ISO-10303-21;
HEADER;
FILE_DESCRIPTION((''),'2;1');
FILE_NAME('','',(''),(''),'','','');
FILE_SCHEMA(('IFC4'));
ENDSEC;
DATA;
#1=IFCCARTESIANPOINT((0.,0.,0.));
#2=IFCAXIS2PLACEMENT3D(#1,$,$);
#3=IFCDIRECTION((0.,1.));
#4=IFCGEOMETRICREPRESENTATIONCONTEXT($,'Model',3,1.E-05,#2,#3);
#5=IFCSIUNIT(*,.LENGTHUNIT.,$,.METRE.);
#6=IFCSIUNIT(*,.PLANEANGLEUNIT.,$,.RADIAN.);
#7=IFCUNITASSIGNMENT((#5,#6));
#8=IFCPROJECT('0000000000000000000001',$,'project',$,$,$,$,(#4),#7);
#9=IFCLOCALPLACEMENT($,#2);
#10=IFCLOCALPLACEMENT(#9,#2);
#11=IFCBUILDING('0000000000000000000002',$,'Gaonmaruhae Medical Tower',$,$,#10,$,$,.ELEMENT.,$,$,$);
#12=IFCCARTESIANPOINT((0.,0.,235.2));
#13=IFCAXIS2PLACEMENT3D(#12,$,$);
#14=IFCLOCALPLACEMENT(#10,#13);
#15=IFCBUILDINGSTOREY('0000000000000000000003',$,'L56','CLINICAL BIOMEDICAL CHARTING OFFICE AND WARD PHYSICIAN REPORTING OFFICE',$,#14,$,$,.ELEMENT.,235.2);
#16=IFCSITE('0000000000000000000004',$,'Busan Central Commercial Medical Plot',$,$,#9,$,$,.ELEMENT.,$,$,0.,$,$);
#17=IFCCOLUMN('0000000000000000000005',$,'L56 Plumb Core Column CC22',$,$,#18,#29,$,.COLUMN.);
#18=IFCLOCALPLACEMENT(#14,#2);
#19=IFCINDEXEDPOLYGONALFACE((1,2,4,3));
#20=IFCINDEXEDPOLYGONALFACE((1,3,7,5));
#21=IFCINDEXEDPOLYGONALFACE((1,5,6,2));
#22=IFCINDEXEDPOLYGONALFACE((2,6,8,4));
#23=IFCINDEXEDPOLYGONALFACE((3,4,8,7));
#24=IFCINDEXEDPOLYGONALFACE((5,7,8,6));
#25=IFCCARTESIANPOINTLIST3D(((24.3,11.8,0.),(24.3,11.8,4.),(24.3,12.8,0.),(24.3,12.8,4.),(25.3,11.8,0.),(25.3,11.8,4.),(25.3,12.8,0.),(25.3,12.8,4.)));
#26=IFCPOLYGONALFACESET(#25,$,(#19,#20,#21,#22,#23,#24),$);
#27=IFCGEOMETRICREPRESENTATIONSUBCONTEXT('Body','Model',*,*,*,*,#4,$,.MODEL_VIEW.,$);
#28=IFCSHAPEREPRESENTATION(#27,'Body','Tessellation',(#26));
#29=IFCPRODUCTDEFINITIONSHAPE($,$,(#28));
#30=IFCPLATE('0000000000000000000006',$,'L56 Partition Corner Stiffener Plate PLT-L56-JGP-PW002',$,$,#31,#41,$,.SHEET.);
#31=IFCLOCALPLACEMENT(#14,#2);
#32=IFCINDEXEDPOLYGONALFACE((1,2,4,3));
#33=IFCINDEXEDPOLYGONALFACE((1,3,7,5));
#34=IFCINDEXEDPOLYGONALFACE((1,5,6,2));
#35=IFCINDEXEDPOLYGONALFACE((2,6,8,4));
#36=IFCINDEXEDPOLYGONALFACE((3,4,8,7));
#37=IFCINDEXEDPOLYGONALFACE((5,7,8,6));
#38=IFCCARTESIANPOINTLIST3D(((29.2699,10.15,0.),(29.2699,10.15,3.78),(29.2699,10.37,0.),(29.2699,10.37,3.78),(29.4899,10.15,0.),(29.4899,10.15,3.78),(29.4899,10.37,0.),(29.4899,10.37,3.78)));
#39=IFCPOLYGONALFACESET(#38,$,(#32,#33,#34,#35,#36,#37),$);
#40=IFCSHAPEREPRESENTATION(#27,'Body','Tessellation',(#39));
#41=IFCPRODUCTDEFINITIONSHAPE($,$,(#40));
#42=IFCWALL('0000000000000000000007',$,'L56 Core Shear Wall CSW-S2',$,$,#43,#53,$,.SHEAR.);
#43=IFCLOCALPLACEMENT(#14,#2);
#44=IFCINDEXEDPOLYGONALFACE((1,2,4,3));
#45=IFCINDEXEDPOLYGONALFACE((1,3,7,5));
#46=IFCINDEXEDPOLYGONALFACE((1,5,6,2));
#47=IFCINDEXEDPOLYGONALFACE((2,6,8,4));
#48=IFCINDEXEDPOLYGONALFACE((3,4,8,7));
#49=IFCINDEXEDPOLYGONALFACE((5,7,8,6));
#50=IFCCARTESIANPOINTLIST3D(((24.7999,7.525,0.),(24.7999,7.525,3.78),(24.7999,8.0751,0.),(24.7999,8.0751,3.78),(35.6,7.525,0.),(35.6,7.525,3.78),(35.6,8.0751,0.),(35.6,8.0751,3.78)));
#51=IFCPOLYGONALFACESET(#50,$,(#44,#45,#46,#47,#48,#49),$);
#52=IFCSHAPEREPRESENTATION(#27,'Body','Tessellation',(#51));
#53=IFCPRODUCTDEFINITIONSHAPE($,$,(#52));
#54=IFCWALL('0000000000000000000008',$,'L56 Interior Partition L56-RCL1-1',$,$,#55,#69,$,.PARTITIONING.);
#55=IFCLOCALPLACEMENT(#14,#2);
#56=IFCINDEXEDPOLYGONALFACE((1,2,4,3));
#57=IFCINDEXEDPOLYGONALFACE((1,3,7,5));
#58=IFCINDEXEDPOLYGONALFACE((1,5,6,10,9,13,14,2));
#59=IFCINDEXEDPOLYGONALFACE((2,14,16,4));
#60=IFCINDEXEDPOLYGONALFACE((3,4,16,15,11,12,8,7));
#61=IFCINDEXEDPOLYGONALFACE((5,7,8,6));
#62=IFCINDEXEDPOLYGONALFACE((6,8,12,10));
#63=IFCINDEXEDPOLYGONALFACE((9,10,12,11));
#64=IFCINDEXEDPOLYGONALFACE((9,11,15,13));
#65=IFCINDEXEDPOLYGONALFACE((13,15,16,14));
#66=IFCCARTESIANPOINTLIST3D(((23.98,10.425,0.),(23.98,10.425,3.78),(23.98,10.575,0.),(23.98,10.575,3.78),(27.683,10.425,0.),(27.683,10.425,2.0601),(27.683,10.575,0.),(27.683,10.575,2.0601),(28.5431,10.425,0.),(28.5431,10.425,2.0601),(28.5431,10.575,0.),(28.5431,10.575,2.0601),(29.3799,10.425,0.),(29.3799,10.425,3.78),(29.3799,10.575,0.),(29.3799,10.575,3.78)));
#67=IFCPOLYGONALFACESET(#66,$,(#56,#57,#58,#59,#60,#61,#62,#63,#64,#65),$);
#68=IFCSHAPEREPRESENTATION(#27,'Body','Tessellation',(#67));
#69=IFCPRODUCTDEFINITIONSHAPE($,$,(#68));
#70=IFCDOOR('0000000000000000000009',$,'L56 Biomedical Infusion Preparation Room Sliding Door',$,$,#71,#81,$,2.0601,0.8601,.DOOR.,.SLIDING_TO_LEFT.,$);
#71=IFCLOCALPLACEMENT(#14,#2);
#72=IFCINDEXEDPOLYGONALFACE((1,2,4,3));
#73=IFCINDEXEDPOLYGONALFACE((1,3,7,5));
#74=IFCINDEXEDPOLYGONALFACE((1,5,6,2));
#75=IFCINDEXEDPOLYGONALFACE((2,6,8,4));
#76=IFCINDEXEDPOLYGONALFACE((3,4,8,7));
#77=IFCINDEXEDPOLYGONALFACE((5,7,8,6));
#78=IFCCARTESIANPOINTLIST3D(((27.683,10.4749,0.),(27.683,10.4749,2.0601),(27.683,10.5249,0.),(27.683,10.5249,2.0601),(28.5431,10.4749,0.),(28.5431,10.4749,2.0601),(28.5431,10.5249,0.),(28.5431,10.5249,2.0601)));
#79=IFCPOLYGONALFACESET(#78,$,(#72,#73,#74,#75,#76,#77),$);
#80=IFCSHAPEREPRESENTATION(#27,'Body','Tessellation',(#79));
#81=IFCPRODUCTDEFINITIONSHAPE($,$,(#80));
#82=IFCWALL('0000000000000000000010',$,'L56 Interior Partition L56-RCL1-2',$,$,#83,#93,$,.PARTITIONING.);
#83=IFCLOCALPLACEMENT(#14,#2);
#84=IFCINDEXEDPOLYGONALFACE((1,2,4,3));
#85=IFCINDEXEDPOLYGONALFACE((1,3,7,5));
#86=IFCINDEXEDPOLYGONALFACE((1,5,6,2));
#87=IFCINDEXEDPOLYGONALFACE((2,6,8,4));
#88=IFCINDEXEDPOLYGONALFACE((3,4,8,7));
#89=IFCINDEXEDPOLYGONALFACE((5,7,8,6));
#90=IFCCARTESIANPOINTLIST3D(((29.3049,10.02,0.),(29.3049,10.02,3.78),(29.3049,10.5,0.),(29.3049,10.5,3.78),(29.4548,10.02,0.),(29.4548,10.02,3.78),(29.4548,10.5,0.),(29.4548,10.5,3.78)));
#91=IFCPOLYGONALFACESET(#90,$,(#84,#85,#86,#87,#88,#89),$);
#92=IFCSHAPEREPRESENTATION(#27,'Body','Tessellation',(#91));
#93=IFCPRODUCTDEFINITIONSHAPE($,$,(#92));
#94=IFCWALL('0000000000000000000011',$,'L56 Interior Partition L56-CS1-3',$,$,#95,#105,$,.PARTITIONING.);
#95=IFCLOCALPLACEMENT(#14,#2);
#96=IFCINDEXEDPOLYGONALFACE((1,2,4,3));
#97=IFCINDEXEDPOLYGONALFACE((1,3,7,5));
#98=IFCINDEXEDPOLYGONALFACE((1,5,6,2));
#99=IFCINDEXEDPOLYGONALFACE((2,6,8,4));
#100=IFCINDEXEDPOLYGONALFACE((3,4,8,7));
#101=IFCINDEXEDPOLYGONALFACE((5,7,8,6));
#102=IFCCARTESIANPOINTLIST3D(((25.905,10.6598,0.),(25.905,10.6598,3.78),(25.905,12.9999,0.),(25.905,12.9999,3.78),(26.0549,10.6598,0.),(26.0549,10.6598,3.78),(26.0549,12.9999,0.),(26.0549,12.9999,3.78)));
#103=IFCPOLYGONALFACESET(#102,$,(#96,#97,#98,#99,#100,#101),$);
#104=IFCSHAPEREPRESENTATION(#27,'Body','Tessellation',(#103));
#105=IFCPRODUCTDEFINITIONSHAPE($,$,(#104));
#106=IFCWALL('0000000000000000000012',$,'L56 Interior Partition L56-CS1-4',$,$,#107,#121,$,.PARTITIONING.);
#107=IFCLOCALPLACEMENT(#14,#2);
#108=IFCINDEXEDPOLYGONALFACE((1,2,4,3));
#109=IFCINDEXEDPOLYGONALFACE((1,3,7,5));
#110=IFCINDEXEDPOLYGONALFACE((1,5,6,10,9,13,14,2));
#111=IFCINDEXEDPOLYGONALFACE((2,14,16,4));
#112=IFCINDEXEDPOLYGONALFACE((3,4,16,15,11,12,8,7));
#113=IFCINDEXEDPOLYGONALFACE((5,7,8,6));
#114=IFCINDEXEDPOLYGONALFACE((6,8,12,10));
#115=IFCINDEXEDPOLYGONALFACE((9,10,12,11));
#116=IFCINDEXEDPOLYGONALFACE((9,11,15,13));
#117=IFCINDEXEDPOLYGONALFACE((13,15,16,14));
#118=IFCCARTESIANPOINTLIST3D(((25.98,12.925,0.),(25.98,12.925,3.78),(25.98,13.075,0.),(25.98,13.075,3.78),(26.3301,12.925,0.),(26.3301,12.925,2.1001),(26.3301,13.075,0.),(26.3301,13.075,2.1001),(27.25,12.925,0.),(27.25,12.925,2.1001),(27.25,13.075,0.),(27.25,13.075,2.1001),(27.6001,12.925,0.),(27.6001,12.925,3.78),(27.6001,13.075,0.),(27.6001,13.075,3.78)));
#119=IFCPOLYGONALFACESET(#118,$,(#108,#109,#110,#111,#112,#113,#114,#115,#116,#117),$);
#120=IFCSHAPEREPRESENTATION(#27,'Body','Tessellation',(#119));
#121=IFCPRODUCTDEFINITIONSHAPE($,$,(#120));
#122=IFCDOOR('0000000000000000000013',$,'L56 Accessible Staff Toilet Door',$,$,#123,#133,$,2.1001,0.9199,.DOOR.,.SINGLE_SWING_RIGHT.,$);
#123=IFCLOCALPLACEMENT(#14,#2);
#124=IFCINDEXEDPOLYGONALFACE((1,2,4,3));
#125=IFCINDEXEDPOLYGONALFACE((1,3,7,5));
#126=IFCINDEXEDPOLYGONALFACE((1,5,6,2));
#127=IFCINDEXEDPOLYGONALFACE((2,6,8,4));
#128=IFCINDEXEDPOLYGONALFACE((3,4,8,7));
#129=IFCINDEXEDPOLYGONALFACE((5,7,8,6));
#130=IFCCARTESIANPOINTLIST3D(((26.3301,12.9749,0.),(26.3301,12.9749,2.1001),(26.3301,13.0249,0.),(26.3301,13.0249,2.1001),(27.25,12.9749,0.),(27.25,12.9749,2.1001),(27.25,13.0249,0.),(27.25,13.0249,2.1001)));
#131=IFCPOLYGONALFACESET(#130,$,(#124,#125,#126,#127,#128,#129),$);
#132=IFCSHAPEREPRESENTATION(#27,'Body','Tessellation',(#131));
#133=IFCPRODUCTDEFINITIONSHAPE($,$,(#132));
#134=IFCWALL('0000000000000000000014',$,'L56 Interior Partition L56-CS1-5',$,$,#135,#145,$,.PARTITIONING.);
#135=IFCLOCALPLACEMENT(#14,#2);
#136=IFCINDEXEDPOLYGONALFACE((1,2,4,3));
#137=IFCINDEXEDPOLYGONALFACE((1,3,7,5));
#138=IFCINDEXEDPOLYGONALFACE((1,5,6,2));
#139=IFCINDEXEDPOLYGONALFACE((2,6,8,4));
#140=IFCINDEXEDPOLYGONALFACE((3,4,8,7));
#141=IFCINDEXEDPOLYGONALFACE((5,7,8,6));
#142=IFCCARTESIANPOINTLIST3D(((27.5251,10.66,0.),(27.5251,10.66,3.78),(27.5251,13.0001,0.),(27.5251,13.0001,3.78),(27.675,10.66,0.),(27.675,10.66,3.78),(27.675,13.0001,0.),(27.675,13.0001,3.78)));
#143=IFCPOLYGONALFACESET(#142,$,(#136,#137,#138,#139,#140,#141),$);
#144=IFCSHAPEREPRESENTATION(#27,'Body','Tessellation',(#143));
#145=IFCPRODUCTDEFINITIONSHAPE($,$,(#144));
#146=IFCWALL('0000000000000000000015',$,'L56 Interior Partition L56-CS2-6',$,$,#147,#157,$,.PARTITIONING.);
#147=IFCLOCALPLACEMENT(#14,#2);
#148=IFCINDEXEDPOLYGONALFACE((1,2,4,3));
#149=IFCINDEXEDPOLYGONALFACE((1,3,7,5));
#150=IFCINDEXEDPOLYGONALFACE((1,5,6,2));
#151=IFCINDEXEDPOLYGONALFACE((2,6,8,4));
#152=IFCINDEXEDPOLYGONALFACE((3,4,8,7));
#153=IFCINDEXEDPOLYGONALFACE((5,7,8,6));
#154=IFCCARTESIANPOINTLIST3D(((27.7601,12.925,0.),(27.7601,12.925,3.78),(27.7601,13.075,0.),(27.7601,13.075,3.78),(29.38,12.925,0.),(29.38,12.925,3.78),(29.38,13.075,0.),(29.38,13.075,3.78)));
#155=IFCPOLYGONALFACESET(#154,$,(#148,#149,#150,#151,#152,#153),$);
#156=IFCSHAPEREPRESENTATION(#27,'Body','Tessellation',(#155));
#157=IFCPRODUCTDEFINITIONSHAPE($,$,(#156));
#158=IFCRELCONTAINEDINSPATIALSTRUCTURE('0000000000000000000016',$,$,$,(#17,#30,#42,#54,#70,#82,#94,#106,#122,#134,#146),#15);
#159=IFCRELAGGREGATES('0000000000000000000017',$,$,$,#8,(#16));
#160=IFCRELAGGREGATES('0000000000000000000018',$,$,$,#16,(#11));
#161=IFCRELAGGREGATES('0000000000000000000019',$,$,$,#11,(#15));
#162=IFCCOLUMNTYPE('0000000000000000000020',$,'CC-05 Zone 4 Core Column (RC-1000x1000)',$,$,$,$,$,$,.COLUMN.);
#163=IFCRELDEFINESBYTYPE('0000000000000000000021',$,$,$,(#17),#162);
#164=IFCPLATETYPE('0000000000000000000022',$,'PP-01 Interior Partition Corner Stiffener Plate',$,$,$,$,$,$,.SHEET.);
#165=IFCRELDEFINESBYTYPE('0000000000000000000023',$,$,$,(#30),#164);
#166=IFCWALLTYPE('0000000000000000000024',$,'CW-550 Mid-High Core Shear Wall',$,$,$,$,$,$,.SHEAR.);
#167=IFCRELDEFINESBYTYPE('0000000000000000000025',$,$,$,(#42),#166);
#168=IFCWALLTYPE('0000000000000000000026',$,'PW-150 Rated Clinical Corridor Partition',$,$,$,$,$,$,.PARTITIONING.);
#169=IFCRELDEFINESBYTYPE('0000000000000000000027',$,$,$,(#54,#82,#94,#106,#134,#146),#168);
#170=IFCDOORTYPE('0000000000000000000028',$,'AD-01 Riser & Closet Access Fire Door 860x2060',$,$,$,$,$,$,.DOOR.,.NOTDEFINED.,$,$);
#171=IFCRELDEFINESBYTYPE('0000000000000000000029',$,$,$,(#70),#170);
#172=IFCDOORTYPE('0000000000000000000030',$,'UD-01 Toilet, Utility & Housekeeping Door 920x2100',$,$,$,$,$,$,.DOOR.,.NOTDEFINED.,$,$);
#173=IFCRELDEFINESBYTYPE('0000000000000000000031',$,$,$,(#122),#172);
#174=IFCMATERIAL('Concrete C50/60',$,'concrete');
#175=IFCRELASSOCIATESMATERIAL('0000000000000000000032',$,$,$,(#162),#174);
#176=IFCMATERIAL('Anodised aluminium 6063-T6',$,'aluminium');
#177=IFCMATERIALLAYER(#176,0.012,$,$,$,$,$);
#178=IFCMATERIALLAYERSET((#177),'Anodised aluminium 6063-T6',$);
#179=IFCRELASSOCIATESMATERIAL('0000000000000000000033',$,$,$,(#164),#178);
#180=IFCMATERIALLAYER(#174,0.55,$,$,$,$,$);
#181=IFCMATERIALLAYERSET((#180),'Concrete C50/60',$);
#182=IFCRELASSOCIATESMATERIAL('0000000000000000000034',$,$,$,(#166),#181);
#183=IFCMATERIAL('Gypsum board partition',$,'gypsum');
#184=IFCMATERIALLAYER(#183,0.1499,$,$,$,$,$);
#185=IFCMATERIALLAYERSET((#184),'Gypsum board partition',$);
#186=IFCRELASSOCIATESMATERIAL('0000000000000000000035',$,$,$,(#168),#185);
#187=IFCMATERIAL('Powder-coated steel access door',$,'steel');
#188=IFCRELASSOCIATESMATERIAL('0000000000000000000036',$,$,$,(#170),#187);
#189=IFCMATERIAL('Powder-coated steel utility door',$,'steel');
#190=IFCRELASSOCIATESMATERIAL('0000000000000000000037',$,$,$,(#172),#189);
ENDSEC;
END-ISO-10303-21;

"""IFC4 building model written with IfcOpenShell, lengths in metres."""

from ifc_helpers import new_model, si_unit, direction, frame, frame_2d, origin, origin_2d, place, context, subcontext, project, spatial, rectangle, extrude, material, layer, layer_set, material_profile, profile_set, type_object, element, fill, save


model = new_model("IFC4")

# Units and contexts
model_context = context("Model", 3, precision=1e-05, world=origin(), true_north=direction((0.0, 1.0)))
body_context = subcontext(model_context, "Body", "Model", "MODEL_VIEW")
ifc_project = project(units=[si_unit("LENGTHUNIT", "METRE"), si_unit("PLANEANGLEUNIT", "RADIAN")], contexts=[model_context])

# Site, building, storey
site_placement = place(None, origin())
site = spatial("IfcSite", under=ifc_project, at=site_placement, Name="Busan Central Commercial Medical Plot", CompositionType="ELEMENT", RefElevation=0.0)
building_placement = place(site_placement, origin())
building = spatial("IfcBuilding", under=site, at=building_placement, Name="Gaonmaruhae Medical Tower", CompositionType="ELEMENT")
storey_placement = place(building_placement, frame((0.0, 0.0, 235.2)))
storey = spatial("IfcBuildingStorey", under=building, at=storey_placement, Name="L56", Description="CLINICAL BIOMEDICAL CHARTING OFFICE AND WARD PHYSICIAN REPORTING OFFICE", CompositionType="ELEMENT", Elevation=235.2)

# Column
ifc_material_1 = material(Name="Concrete C50/60", Category="concrete")
ifc_material_profile = material_profile(ifc_material_1, rectangle(XDim=1.0, YDim=1.0, at=origin_2d()), Name="RC-1000x1000")
ifc_profile_set = profile_set([ifc_material_profile], Name="Concrete C50/60")
column_type = type_object("IfcColumnType", Name="CC-05 Zone 4 Core Column (RC-1000x1000)", PredefinedType="COLUMN", material=ifc_profile_set)
column_placement = place(storey_placement, frame((24.8, 12.3, 0.0), z_axis=(0.0, 0.0, 1.0), x_axis=(1.0, 0.0, 0.0)))
element("IfcColumn", 1, at=column_placement, inside=storey, type_object=column_type, Name="L56 Plumb Core Column CC22", PredefinedType="COLUMN", context=body_context, shape_type="SweptSolid", body=[
    extrude(rectangle(XDim=1.0, YDim=1.0, at=origin_2d()), origin(), (0.0, 0.0, 1.0), 4.0),
])

# Plate
ifc_material_2 = material(Name="Anodised aluminium 6063-T6", Category="aluminium")
ifc_layer_1 = layer(ifc_material_2, 0.012)
ifc_layer_set_1 = layer_set([ifc_layer_1], Name="Anodised aluminium 6063-T6")
plate_type = type_object("IfcPlateType", Name="PP-01 Interior Partition Corner Stiffener Plate", PredefinedType="SHEET", material=ifc_layer_set_1)
plate_placement = place(storey_placement, frame((29.3799, 10.26, 0.0), z_axis=(0.0, 0.0, 1.0), x_axis=(0.0, -1.0, 0.0)))
element("IfcPlate", 2, at=plate_placement, inside=storey, type_object=plate_type, Name="L56 Partition Corner Stiffener Plate PLT-L56-JGP-PW002", PredefinedType="SHEET", context=body_context, shape_type="SweptSolid", body=[
    extrude(rectangle(XDim=0.22, YDim=0.22, at=origin_2d()), origin(), (0.0, 0.0, 1.0), 3.78),
])

# Wall
ifc_layer_2 = layer(ifc_material_1, 0.55)
ifc_layer_set_2 = layer_set([ifc_layer_2], Name="Concrete C50/60")
wall_type_1 = type_object("IfcWallType", Name="CW-550 Mid-High Core Shear Wall", PredefinedType="SHEAR", material=ifc_layer_set_2)
wall_1_placement = place(storey_placement, frame((24.8, 7.8, 0.0), z_axis=(0.0, 0.0, 1.0), x_axis=(1.0, 0.0, 0.0)))
element("IfcWall", 3, at=wall_1_placement, inside=storey, type_object=wall_type_1, Name="L56 Core Shear Wall CSW-S2", PredefinedType="SHEAR", context=body_context, shape_type="SweptSolid", body=[
    extrude(rectangle(XDim=10.8, YDim=0.55, at=frame_2d((5.3999, 0.0))), origin(), (0.0, 0.0, 1.0), 3.78),
])

# Wall, opening, door
ifc_material_3 = material(Name="Gypsum board partition", Category="gypsum")
ifc_layer_3 = layer(ifc_material_3, 0.1499)
ifc_layer_set_3 = layer_set([ifc_layer_3], Name="Gypsum board partition")
wall_type_2 = type_object("IfcWallType", Name="PW-150 Rated Clinical Corridor Partition", PredefinedType="PARTITIONING", material=ifc_layer_set_3)
wall_2_placement = place(storey_placement, frame((23.98, 10.5, 0.0), z_axis=(0.0, 0.0, 1.0), x_axis=(1.0, 0.0, 0.0)))
wall_2 = element("IfcWall", 4, at=wall_2_placement, inside=storey, type_object=wall_type_2, Name="L56 Interior Partition L56-RCL1-1", PredefinedType="PARTITIONING", context=body_context, shape_type="SweptSolid", body=[
    extrude(rectangle(XDim=5.3999, YDim=0.1499, at=frame_2d((2.7, 0.0))), origin(), (0.0, 0.0, 1.0), 3.78),
])
opening_1_placement = place(wall_2_placement, frame((3.7029, 0.0, 0.0)))
opening_1 = element("IfcOpeningElement", 5, at=opening_1_placement, cuts=wall_2, PredefinedType="OPENING", context=body_context, shape_type="SweptSolid", body=[
    extrude(rectangle(XDim=0.8601, YDim=2.0601, at=frame_2d((0.4302, 1.03))), frame((0.0, 0.085, 0.0), z_axis=(0.0, -1.0, 0.0), x_axis=(1.0, 0.0, 0.0)), (0.0, 0.0, 1.0), 0.1699),
])
ifc_material_4 = material(Name="Powder-coated steel access door", Category="steel")
door_type_1 = type_object("IfcDoorType", Name="AD-01 Riser & Closet Access Fire Door 860x2060", OperationType="NOTDEFINED", PredefinedType="DOOR", material=ifc_material_4)
door_1_placement = place(opening_1_placement, origin())
door_1 = element("IfcDoor", 6, at=door_1_placement, inside=storey, type_object=door_type_1, Name="L56 Biomedical Infusion Preparation Room Sliding Door", OperationType="SLIDING_TO_LEFT", OverallHeight=2.0601, OverallWidth=0.8601, PredefinedType="DOOR", context=body_context, shape_type="SweptSolid", body=[
    extrude(rectangle(XDim=0.8601, YDim=2.0601, at=frame_2d((0.4302, 1.03))), frame((0.0, 0.0249, 0.0), z_axis=(0.0, -1.0, 0.0), x_axis=(1.0, 0.0, 0.0)), (0.0, 0.0, 1.0), 0.05),
])
fill(opening_1, door_1)

# Walls
wall_3_placement = place(storey_placement, frame((29.3799, 10.5, 0.0), z_axis=(0.0, 0.0, 1.0), x_axis=(0.0, -1.0, 0.0)))
element("IfcWall", 7, at=wall_3_placement, inside=storey, type_object=wall_type_2, Name="L56 Interior Partition L56-RCL1-2", PredefinedType="PARTITIONING", context=body_context, shape_type="SweptSolid", body=[
    extrude(rectangle(XDim=0.48, YDim=0.1499, at=frame_2d((0.24, 0.0))), origin(), (0.0, 0.0, 1.0), 3.78),
])
wall_4_placement = place(storey_placement, frame((25.98, 10.6599, 0.0), z_axis=(0.0, 0.0, 1.0), x_axis=(0.0, 1.0, 0.0)))
element("IfcWall", 8, at=wall_4_placement, inside=storey, type_object=wall_type_2, Name="L56 Interior Partition L56-CS1-3", PredefinedType="PARTITIONING", context=body_context, shape_type="SweptSolid", body=[
    extrude(rectangle(XDim=2.3401, YDim=0.1499, at=frame_2d((1.1699, 0.0))), origin(), (0.0, 0.0, 1.0), 3.78),
])

# Wall, opening, door
wall_5_placement = place(storey_placement, frame((25.98, 13.0, 0.0), z_axis=(0.0, 0.0, 1.0), x_axis=(1.0, 0.0, 0.0)))
wall_5 = element("IfcWall", 9, at=wall_5_placement, inside=storey, type_object=wall_type_2, Name="L56 Interior Partition L56-CS1-4", PredefinedType="PARTITIONING", context=body_context, shape_type="SweptSolid", body=[
    extrude(rectangle(XDim=1.6201, YDim=0.1499, at=frame_2d((0.8101, 0.0))), origin(), (0.0, 0.0, 1.0), 3.78),
])
opening_2_placement = place(wall_5_placement, frame((0.3501, 0.0, 0.0)))
opening_2 = element("IfcOpeningElement", 10, at=opening_2_placement, cuts=wall_5, PredefinedType="OPENING", context=body_context, shape_type="SweptSolid", body=[
    extrude(rectangle(XDim=0.9199, YDim=2.1001, at=frame_2d((0.46, 1.05))), frame((0.0, 0.085, 0.0), z_axis=(0.0, -1.0, 0.0), x_axis=(1.0, 0.0, 0.0)), (0.0, 0.0, 1.0), 0.1699),
])
ifc_material_5 = material(Name="Powder-coated steel utility door", Category="steel")
door_type_2 = type_object("IfcDoorType", Name="UD-01 Toilet, Utility & Housekeeping Door 920x2100", OperationType="NOTDEFINED", PredefinedType="DOOR", material=ifc_material_5)
door_2_placement = place(opening_2_placement, origin())
door_2 = element("IfcDoor", 11, at=door_2_placement, inside=storey, type_object=door_type_2, Name="L56 Accessible Staff Toilet Door", OperationType="SINGLE_SWING_RIGHT", OverallHeight=2.1001, OverallWidth=0.9199, PredefinedType="DOOR", context=body_context, shape_type="SweptSolid", body=[
    extrude(rectangle(XDim=0.9199, YDim=2.1001, at=frame_2d((0.46, 1.05))), frame((0.0, 0.0249, 0.0), z_axis=(0.0, -1.0, 0.0), x_axis=(1.0, 0.0, 0.0)), (0.0, 0.0, 1.0), 0.05),
])
fill(opening_2, door_2)

# Walls
wall_6_placement = place(storey_placement, frame((27.6001, 13.0, 0.0), z_axis=(0.0, 0.0, 1.0), x_axis=(0.0, -1.0, 0.0)))
element("IfcWall", 12, at=wall_6_placement, inside=storey, type_object=wall_type_2, Name="L56 Interior Partition L56-CS1-5", PredefinedType="PARTITIONING", context=body_context, shape_type="SweptSolid", body=[
    extrude(rectangle(XDim=2.3401, YDim=0.1499, at=frame_2d((1.1699, 0.0))), origin(), (0.0, 0.0, 1.0), 3.78),
])
wall_7_placement = place(storey_placement, frame((27.76, 13.0, 0.0), z_axis=(0.0, 0.0, 1.0), x_axis=(1.0, 0.0, 0.0)))
element("IfcWall", 13, at=wall_7_placement, inside=storey, type_object=wall_type_2, Name="L56 Interior Partition L56-CS2-6", PredefinedType="PARTITIONING", context=body_context, shape_type="SweptSolid", body=[
    extrude(rectangle(XDim=1.6199, YDim=0.1499, at=frame_2d((0.8101, 0.0))), origin(), (0.0, 0.0, 1.0), 3.78),
])

save(model, "model.ifc")
